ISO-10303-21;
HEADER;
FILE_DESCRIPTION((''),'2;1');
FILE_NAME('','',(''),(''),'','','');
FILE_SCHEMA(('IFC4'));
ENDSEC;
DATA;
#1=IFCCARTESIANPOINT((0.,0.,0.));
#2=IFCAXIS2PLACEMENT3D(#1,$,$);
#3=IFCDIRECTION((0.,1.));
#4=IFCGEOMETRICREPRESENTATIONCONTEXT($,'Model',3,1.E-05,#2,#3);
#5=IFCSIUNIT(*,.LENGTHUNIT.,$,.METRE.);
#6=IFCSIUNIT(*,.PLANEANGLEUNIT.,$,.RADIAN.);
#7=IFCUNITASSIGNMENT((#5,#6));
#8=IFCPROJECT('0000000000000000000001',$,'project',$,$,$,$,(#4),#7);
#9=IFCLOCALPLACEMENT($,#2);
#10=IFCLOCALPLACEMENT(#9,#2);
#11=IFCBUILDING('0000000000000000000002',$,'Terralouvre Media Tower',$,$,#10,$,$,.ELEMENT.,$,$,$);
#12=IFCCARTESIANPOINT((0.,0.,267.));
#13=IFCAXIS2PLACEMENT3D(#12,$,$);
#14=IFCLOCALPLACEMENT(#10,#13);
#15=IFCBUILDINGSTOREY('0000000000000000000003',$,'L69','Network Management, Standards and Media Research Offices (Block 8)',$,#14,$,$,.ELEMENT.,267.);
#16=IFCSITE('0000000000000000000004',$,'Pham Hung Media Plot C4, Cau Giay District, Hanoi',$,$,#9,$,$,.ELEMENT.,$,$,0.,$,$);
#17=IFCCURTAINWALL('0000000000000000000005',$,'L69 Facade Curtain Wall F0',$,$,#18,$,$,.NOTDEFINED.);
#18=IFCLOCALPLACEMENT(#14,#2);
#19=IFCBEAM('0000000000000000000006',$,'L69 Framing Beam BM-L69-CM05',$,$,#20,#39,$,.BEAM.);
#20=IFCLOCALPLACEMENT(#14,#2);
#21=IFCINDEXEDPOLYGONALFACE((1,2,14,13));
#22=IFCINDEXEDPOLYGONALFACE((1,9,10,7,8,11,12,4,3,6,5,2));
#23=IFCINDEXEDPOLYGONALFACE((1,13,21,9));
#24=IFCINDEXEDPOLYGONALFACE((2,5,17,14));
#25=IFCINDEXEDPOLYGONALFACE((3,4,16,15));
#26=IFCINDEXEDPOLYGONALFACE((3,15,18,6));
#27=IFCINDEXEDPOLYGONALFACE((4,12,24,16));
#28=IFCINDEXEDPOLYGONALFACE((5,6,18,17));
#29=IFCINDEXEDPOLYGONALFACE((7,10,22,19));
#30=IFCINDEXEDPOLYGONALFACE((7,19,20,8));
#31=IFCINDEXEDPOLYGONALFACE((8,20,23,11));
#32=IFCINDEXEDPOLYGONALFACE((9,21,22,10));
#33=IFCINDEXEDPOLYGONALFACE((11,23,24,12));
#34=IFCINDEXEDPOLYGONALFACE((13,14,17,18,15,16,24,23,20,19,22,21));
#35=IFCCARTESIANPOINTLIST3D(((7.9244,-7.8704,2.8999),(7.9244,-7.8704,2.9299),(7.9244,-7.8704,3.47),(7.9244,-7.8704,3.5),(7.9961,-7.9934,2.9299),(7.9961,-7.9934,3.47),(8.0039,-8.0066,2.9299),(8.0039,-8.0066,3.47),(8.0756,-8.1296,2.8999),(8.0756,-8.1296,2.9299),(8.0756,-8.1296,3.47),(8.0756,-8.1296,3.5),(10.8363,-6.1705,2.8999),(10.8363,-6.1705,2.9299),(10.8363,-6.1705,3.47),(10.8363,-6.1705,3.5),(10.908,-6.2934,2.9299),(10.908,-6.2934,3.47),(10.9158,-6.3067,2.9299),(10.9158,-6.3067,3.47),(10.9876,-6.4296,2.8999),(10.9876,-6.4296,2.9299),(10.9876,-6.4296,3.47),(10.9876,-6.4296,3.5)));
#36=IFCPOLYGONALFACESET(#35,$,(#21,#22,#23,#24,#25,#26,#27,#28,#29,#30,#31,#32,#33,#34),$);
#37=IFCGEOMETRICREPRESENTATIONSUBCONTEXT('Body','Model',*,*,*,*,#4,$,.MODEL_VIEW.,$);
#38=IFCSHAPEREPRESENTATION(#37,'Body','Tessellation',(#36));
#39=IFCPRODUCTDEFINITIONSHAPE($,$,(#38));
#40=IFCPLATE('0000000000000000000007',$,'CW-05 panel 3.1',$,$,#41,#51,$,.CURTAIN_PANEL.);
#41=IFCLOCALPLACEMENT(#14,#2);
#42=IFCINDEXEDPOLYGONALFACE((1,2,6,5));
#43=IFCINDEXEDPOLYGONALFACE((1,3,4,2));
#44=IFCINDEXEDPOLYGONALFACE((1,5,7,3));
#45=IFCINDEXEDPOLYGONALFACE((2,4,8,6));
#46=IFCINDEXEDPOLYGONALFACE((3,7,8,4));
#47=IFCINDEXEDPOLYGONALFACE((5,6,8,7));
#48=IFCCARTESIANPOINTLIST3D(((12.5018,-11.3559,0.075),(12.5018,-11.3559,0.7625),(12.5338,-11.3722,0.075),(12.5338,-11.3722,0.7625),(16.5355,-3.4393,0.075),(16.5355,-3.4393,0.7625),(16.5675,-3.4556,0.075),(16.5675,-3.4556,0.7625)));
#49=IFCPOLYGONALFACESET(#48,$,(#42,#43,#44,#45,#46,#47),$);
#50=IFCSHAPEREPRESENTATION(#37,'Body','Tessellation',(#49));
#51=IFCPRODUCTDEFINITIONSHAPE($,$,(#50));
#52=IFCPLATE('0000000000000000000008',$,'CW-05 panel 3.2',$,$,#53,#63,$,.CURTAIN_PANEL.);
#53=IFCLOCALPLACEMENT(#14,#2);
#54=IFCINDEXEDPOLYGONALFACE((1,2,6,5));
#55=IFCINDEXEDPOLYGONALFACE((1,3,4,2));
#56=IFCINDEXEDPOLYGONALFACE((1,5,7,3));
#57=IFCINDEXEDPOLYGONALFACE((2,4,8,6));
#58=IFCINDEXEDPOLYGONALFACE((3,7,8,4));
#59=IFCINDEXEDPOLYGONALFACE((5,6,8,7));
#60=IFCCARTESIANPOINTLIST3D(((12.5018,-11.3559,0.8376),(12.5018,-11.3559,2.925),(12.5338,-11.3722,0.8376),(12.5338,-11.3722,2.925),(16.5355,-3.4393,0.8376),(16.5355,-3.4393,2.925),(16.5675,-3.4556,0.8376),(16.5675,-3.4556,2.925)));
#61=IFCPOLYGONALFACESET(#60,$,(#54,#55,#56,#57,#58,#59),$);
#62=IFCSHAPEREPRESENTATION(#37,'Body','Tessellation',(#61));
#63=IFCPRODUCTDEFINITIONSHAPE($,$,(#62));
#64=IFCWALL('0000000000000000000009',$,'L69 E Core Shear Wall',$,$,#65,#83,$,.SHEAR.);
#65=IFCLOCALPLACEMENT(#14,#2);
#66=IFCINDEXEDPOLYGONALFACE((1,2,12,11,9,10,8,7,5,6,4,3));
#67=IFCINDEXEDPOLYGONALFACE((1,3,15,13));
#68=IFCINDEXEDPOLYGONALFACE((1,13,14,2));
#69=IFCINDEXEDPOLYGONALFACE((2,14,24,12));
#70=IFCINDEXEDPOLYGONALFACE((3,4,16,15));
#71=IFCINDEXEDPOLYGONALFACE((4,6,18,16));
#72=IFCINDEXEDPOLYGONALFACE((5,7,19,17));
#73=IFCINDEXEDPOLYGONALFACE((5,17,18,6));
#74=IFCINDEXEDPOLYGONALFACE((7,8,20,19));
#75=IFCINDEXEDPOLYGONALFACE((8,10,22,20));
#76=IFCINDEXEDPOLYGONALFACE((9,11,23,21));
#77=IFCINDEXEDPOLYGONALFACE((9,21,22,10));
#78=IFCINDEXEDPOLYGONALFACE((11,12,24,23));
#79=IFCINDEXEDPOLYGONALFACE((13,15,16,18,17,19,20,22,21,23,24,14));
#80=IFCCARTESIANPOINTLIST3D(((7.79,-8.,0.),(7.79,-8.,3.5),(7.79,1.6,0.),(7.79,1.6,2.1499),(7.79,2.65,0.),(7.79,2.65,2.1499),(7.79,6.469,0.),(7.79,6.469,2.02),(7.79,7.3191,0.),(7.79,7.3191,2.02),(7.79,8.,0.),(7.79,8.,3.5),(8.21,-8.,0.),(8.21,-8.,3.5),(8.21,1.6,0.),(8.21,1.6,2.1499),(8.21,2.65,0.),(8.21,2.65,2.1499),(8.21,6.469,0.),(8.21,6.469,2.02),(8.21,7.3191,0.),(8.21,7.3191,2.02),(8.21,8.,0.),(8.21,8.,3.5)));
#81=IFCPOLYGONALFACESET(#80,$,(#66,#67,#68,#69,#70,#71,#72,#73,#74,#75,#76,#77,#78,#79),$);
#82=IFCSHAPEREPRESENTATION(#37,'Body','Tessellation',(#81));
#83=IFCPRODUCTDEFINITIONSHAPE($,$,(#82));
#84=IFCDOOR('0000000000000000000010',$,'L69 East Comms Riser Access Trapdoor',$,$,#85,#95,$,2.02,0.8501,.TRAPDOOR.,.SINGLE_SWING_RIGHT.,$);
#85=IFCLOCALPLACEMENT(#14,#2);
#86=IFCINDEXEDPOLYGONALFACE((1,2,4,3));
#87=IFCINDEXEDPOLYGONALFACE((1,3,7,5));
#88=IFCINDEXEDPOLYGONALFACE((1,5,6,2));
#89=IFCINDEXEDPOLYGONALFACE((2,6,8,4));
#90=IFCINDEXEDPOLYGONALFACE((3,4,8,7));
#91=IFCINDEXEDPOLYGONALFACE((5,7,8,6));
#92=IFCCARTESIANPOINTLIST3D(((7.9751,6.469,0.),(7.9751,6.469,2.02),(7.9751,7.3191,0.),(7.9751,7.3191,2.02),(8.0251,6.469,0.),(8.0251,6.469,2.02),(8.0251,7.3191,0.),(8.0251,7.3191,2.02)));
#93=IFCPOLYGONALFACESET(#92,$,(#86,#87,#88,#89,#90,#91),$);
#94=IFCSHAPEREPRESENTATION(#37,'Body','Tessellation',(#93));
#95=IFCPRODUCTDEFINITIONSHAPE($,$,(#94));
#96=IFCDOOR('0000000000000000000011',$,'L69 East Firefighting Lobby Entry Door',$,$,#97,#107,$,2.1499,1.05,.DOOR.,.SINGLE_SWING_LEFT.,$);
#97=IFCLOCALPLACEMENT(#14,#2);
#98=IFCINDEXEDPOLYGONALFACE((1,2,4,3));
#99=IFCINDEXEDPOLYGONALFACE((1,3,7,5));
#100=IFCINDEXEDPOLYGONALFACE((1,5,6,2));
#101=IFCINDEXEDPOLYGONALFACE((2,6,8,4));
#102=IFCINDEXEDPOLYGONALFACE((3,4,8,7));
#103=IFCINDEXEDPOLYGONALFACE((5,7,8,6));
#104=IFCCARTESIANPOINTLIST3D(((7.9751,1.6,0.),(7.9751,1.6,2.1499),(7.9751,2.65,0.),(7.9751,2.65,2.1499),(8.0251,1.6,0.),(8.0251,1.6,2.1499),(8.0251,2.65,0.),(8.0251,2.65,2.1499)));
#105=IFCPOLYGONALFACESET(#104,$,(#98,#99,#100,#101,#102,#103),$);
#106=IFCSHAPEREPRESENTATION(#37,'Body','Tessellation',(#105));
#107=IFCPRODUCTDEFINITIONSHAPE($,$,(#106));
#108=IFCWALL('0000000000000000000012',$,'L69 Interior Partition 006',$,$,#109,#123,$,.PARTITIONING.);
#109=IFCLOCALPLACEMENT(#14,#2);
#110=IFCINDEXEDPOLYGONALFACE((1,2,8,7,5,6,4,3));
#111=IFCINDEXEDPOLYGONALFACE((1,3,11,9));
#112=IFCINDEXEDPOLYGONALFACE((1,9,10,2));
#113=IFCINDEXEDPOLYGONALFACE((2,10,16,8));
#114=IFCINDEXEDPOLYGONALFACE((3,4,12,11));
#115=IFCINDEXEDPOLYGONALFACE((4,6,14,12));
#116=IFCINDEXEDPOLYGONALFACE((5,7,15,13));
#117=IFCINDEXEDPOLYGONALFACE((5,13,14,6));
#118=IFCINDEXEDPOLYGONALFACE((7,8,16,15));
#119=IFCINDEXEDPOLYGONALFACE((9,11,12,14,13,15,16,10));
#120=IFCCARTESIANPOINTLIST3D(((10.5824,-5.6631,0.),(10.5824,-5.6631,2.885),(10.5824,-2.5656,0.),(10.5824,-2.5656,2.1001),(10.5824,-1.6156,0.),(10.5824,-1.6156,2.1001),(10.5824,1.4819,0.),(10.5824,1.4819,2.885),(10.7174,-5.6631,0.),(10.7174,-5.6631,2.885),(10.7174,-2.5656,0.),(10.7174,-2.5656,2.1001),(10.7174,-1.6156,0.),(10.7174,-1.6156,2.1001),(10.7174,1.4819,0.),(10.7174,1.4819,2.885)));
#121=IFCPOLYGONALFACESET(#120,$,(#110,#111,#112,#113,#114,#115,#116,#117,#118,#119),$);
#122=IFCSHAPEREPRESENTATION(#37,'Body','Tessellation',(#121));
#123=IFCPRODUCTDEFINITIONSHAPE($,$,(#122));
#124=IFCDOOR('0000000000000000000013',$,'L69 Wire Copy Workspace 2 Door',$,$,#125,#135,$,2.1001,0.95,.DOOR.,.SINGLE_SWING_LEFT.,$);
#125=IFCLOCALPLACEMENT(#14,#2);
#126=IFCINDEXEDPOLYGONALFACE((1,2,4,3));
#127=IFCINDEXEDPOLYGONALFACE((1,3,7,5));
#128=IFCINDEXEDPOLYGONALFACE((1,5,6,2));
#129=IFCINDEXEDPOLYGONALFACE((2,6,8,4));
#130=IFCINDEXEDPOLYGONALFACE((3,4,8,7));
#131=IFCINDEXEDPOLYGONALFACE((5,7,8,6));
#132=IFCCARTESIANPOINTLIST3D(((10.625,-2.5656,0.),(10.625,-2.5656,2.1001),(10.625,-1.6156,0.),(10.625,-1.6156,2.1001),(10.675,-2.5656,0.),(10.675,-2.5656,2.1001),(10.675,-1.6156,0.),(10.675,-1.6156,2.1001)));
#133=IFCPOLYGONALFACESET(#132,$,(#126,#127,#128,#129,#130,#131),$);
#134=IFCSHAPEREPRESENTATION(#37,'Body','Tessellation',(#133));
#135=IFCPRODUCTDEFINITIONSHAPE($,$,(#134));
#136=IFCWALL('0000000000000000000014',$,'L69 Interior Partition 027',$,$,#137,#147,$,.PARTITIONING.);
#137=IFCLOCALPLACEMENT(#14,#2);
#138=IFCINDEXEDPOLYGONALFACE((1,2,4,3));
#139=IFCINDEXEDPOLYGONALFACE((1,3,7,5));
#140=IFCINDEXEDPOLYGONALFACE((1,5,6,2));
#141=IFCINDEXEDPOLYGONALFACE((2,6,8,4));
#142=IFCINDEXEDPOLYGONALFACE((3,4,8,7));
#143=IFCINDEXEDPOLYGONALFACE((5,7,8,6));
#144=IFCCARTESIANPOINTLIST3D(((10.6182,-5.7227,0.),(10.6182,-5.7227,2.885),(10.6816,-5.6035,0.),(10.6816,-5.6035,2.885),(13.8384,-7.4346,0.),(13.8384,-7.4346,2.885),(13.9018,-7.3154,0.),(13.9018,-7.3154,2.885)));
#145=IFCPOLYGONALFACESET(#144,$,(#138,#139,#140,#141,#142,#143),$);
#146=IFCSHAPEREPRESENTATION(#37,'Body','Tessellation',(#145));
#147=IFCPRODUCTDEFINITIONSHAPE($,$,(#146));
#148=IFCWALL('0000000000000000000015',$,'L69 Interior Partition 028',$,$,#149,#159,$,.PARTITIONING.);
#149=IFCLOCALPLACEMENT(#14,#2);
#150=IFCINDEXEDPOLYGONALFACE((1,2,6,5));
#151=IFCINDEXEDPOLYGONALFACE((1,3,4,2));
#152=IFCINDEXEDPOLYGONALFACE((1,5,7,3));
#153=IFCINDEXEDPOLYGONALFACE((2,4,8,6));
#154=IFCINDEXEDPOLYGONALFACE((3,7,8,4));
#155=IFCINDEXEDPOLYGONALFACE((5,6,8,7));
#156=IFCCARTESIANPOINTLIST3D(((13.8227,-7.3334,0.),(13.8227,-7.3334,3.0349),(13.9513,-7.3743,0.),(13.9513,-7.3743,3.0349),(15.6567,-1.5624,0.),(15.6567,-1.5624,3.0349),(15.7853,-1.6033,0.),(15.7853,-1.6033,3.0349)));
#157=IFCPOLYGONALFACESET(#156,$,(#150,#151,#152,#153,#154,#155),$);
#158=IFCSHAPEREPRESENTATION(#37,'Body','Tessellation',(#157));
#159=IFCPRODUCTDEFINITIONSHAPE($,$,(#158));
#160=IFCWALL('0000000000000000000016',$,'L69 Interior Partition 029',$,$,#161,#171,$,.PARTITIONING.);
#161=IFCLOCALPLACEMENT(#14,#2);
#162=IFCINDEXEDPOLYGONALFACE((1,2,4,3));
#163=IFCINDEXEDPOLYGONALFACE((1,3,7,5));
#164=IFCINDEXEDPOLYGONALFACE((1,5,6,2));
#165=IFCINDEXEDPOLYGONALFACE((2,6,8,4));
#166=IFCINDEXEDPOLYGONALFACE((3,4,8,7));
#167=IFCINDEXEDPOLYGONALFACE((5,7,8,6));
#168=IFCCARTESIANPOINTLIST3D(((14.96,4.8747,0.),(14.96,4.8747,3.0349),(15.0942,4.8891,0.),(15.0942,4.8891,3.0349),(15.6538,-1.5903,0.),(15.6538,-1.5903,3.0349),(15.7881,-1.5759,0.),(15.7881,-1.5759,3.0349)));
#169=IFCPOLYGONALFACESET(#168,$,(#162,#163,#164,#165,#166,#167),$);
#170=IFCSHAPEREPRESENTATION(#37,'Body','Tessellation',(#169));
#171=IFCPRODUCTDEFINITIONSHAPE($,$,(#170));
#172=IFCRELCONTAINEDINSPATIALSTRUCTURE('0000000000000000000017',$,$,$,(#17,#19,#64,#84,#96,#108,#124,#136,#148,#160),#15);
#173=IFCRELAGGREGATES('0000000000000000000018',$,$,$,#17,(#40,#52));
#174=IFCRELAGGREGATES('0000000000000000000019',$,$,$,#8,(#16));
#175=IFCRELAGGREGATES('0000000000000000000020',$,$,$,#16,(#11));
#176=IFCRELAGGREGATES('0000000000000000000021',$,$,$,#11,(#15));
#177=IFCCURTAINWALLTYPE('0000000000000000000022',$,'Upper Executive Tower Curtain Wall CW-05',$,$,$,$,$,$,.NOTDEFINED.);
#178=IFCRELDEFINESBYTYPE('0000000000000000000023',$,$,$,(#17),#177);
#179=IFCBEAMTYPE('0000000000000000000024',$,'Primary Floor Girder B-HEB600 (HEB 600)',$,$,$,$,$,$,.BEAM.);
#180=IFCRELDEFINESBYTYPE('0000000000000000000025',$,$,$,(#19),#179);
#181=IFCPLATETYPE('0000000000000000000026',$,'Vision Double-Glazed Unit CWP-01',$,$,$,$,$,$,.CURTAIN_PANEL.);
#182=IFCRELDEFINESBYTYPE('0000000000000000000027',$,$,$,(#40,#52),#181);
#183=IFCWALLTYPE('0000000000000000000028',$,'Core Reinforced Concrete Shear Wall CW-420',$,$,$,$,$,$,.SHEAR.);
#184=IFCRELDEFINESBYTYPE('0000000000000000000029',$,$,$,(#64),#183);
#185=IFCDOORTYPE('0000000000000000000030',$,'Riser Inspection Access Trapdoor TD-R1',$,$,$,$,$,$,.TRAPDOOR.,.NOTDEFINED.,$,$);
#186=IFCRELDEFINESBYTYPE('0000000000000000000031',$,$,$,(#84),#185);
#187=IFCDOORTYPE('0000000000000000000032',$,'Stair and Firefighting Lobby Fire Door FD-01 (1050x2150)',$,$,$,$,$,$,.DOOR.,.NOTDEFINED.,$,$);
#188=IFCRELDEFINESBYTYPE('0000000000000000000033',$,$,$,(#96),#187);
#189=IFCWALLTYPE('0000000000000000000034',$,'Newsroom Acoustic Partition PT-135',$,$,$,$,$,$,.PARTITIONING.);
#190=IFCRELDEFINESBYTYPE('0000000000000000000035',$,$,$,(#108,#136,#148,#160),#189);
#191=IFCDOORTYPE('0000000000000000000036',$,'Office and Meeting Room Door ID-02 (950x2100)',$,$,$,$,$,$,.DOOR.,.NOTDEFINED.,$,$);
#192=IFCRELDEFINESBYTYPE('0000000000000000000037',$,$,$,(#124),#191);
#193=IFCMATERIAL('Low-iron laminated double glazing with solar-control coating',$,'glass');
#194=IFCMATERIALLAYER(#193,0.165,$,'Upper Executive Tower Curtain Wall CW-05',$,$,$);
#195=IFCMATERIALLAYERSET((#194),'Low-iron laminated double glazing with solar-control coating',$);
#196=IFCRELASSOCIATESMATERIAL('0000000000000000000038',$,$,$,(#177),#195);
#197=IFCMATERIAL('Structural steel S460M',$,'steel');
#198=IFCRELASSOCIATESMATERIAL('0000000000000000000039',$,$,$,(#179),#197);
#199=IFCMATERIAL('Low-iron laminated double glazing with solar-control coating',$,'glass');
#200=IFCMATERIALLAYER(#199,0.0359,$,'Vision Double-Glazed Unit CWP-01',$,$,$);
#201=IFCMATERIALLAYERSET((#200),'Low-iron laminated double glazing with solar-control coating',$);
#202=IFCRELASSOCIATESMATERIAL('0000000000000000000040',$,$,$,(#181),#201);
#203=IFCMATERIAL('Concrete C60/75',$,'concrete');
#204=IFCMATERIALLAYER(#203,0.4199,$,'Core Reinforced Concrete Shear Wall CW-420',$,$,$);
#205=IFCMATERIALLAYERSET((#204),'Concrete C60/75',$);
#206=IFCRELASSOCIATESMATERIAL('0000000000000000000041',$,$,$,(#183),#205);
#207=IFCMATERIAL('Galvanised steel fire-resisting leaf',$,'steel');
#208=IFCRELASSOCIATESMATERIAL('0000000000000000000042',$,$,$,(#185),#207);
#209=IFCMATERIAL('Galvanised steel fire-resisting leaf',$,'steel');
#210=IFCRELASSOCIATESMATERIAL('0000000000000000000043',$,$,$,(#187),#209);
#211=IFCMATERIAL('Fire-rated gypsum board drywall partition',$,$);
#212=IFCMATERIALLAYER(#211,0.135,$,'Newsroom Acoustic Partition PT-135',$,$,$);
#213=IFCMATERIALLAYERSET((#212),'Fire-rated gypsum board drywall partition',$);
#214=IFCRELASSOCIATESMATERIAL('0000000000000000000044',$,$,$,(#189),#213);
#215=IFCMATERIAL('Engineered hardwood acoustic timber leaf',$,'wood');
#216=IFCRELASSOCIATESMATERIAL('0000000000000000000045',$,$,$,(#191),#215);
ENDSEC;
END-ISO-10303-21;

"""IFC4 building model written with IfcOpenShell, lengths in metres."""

from ifc_helpers import new_model, si_unit, direction, frame, frame_2d, origin, origin_2d, place, context, subcontext, project, spatial, rectangle, i_section, extrude, material, layer, layer_set, material_profile, profile_set, type_object, element, fill, aggregate, save


model = new_model("IFC4")

# Units and contexts
model_context = context("Model", 3, precision=1e-05, world=origin(), true_north=direction((0.0, 1.0)))
body_context = subcontext(model_context, "Body", "Model", "MODEL_VIEW")
ifc_project = project(units=[si_unit("LENGTHUNIT", "METRE"), si_unit("PLANEANGLEUNIT", "RADIAN")], contexts=[model_context])

# Site, building, storey
site_placement = place(None, origin())
site = spatial("IfcSite", under=ifc_project, at=site_placement, Name="Pham Hung Media Plot C4, Cau Giay District, Hanoi", CompositionType="ELEMENT", RefElevation=0.0)
building_placement = place(site_placement, origin())
building = spatial("IfcBuilding", under=site, at=building_placement, Name="Terralouvre Media Tower", CompositionType="ELEMENT")
storey_placement = place(building_placement, frame((0.0, 0.0, 267.0)))
storey = spatial("IfcBuildingStorey", under=building, at=storey_placement, Name="L69", Description="Network Management, Standards and Media Research Offices (Block 8)", CompositionType="ELEMENT", Elevation=267.0)

# Curtain wall
ifc_material_1 = material(Name="Low-iron laminated double glazing with solar-control coating", Category="glass")
ifc_layer_1 = layer(ifc_material_1, 0.165, Name="Upper Executive Tower Curtain Wall CW-05")
ifc_layer_set_1 = layer_set([ifc_layer_1], Name="Low-iron laminated double glazing with solar-control coating")
curtain_wall_type = type_object("IfcCurtainWallType", Name="Upper Executive Tower Curtain Wall CW-05", PredefinedType="NOTDEFINED", material=ifc_layer_set_1)
curtain_wall_placement = place(storey_placement, origin())
curtain_wall = element("IfcCurtainWall", 1, at=curtain_wall_placement, inside=storey, type_object=curtain_wall_type, Name="L69 Facade Curtain Wall F0", PredefinedType="NOTDEFINED")

# Beam
ifc_material_2 = material(Name="Structural steel S460M", Category="steel")
ifc_material_profile_1 = material_profile(ifc_material_2, i_section(OverallWidth=0.3, OverallDepth=0.6001, WebThickness=0.0154, FlangeThickness=0.03, at=origin_2d()), Name="HEB 600")
ifc_profile_set_1 = profile_set([ifc_material_profile_1], Name="Structural steel S460M")
beam_type_1 = type_object("IfcBeamType", Name="Primary Floor Girder B-HEB600 (HEB 600)", PredefinedType="BEAM", material=ifc_profile_set_1)
for number, where, z_axis, x_axis, name in (
    (2, (8.0, -8.0, 3.2), (0.863603, 0.504173, 0.0), (-0.504173, 0.863603, 0.0), "L69 Framing Beam BM-L69-CM05"),
):
    element("IfcBeam", number, at=place(storey_placement, frame(where, z_axis=z_axis, x_axis=x_axis)), inside=storey, type_object=beam_type_1, Name=name, PredefinedType="BEAM", context=body_context, shape_type="SweptSolid", body=[
        extrude(i_section(OverallWidth=0.3, OverallDepth=0.6001, WebThickness=0.0154, FlangeThickness=0.03, at=origin_2d()), origin(), (0.0, 0.0, 1.0), 3.3718),
    ])

# Plates
ifc_material_3 = material(Name="Low-iron laminated double glazing with solar-control coating", Category="glass")
ifc_layer_2 = layer(ifc_material_3, 0.0359, Name="Vision Double-Glazed Unit CWP-01")
ifc_layer_set_2 = layer_set([ifc_layer_2], Name="Low-iron laminated double glazing with solar-control coating")
plate_type = type_object("IfcPlateType", Name="Vision Double-Glazed Unit CWP-01", PredefinedType="CURTAIN_PANEL", material=ifc_layer_set_2)
plate_1_placement = place(storey_placement, frame((14.5347, -7.4058, 0.075), z_axis=(0.0, 0.0, 1.0), x_axis=(0.45399, 0.891007, 0.0)))
plate_1 = element("IfcPlate", 3, at=plate_1_placement, type_object=plate_type, Name="CW-05 panel 3.1", PredefinedType="CURTAIN_PANEL", context=body_context, shape_type="SweptSolid", body=[
    extrude(rectangle(XDim=8.885, YDim=0.0359, at=origin_2d()), origin(), (0.0, 0.0, 1.0), 0.6875),
])
plate_2_placement = place(storey_placement, frame((14.5347, -7.4058, 0.8376), z_axis=(0.0, 0.0, 1.0), x_axis=(0.45399, 0.891007, 0.0)))
plate_2 = element("IfcPlate", 4, at=plate_2_placement, type_object=plate_type, Name="CW-05 panel 3.2", PredefinedType="CURTAIN_PANEL", context=body_context, shape_type="SweptSolid", body=[
    extrude(rectangle(XDim=8.885, YDim=0.0359, at=origin_2d()), origin(), (0.0, 0.0, 1.0), 2.0874),
])
aggregate(curtain_wall, [plate_1, plate_2])

# Wall, openings, doors
ifc_material_4 = material(Name="Concrete C60/75", Category="concrete")
ifc_layer_3 = layer(ifc_material_4, 0.4199, Name="Core Reinforced Concrete Shear Wall CW-420")
ifc_layer_set_3 = layer_set([ifc_layer_3], Name="Concrete C60/75")
wall_type_1 = type_object("IfcWallType", Name="Core Reinforced Concrete Shear Wall CW-420", PredefinedType="SHEAR", material=ifc_layer_set_3)
wall_1_placement = place(storey_placement, frame((8.0, -8.0, 0.0), z_axis=(0.0, 0.0, 1.0), x_axis=(0.0, 1.0, 0.0)))
wall_1 = element("IfcWall", 5, at=wall_1_placement, inside=storey, type_object=wall_type_1, Name="L69 E Core Shear Wall", PredefinedType="SHEAR", context=body_context, shape_type="SweptSolid", body=[
    extrude(rectangle(XDim=16.0, YDim=0.4199, at=frame_2d((8.0, 0.0))), origin(), (0.0, 0.0, 1.0), 3.5),
])
opening_1_placement = place(wall_1_placement, frame((9.6001, 0.0, 0.0)))
opening_1 = element("IfcOpeningElement", 6, at=opening_1_placement, cuts=wall_1, PredefinedType="OPENING", context=body_context, shape_type="SweptSolid", body=[
    extrude(rectangle(XDim=1.05, YDim=2.1499, at=frame_2d((0.5249, 1.075))), frame((0.0, 0.22, 0.0), z_axis=(0.0, -1.0, 0.0), x_axis=(1.0, 0.0, 0.0)), (0.0, 0.0, 1.0), 0.4399),
])
opening_2_placement = place(wall_1_placement, frame((14.469, 0.0, 0.0)))
opening_2 = element("IfcOpeningElement", 7, at=opening_2_placement, cuts=wall_1, PredefinedType="OPENING", context=body_context, shape_type="SweptSolid", body=[
    extrude(rectangle(XDim=0.8501, YDim=2.02, at=frame_2d((0.425, 1.01))), frame((0.0, 0.22, 0.0), z_axis=(0.0, -1.0, 0.0), x_axis=(1.0, 0.0, 0.0)), (0.0, 0.0, 1.0), 0.4399),
])
ifc_material_5 = material(Name="Galvanised steel fire-resisting leaf", Category="steel")
door_type_1 = type_object("IfcDoorType", Name="Riser Inspection Access Trapdoor TD-R1", OperationType="NOTDEFINED", PredefinedType="TRAPDOOR", material=ifc_material_5)
door_1_placement = place(opening_2_placement, origin())
door_1 = element("IfcDoor", 8, at=door_1_placement, inside=storey, type_object=door_type_1, Name="L69 East Comms Riser Access Trapdoor", OperationType="SINGLE_SWING_RIGHT", OverallHeight=2.02, OverallWidth=0.8501, PredefinedType="TRAPDOOR", context=body_context, shape_type="SweptSolid", body=[
    extrude(rectangle(XDim=0.8501, YDim=2.02, at=frame_2d((0.425, 1.01))), frame((0.0, 0.0249, 0.0), z_axis=(0.0, -1.0, 0.0), x_axis=(1.0, 0.0, 0.0)), (0.0, 0.0, 1.0), 0.05),
])
fill(opening_2, door_1)
ifc_material_6 = material(Name="Galvanised steel fire-resisting leaf", Category="steel")
door_type_2 = type_object("IfcDoorType", Name="Stair and Firefighting Lobby Fire Door FD-01 (1050x2150)", OperationType="NOTDEFINED", PredefinedType="DOOR", material=ifc_material_6)
door_2_placement = place(opening_1_placement, origin())
door_2 = element("IfcDoor", 9, at=door_2_placement, inside=storey, type_object=door_type_2, Name="L69 East Firefighting Lobby Entry Door", OperationType="SINGLE_SWING_LEFT", OverallHeight=2.1499, OverallWidth=1.05, PredefinedType="DOOR", context=body_context, shape_type="SweptSolid", body=[
    extrude(rectangle(XDim=1.05, YDim=2.1499, at=frame_2d((0.5249, 1.075))), frame((0.0, 0.0249, 0.0), z_axis=(0.0, -1.0, 0.0), x_axis=(1.0, 0.0, 0.0)), (0.0, 0.0, 1.0), 0.05),
])
fill(opening_1, door_2)

# Wall, opening, door
ifc_material_7 = material(Name="Fire-rated gypsum board drywall partition")
ifc_layer_4 = layer(ifc_material_7, 0.135, Name="Newsroom Acoustic Partition PT-135")
ifc_layer_set_4 = layer_set([ifc_layer_4], Name="Fire-rated gypsum board drywall partition")
wall_type_2 = type_object("IfcWallType", Name="Newsroom Acoustic Partition PT-135", PredefinedType="PARTITIONING", material=ifc_layer_set_4)
wall_2_placement = place(storey_placement, frame((10.6499, -5.6631, 0.0), z_axis=(0.0, 0.0, 1.0), x_axis=(0.0, 1.0, 0.0)))
wall_2 = element("IfcWall", 10, at=wall_2_placement, inside=storey, type_object=wall_type_2, Name="L69 Interior Partition 006", PredefinedType="PARTITIONING", context=body_context, shape_type="SweptSolid", body=[
    extrude(rectangle(XDim=7.145, YDim=0.135, at=frame_2d((3.5725, 0.0))), origin(), (0.0, 0.0, 1.0), 2.885),
])
opening_3_placement = place(wall_2_placement, frame((3.0974, 0.0, 0.0)))
opening_3 = element("IfcOpeningElement", 11, at=opening_3_placement, cuts=wall_2, PredefinedType="OPENING", context=body_context, shape_type="SweptSolid", body=[
    extrude(rectangle(XDim=0.95, YDim=2.1001, at=frame_2d((0.4751, 1.05))), frame((0.0, 0.0774, 0.0), z_axis=(0.0, -1.0, 0.0), x_axis=(1.0, 0.0, 0.0)), (0.0, 0.0, 1.0), 0.155),
])
ifc_material_8 = material(Name="Engineered hardwood acoustic timber leaf", Category="wood")
door_type_3 = type_object("IfcDoorType", Name="Office and Meeting Room Door ID-02 (950x2100)", OperationType="NOTDEFINED", PredefinedType="DOOR", material=ifc_material_8)
door_3_placement = place(opening_3_placement, origin())
door_3 = element("IfcDoor", 12, at=door_3_placement, inside=storey, type_object=door_type_3, Name="L69 Wire Copy Workspace 2 Door", OperationType="SINGLE_SWING_LEFT", OverallHeight=2.1001, OverallWidth=0.95, PredefinedType="DOOR", context=body_context, shape_type="SweptSolid", body=[
    extrude(rectangle(XDim=0.95, YDim=2.1001, at=frame_2d((0.4751, 1.05))), frame((0.0, 0.0249, 0.0), z_axis=(0.0, -1.0, 0.0), x_axis=(1.0, 0.0, 0.0)), (0.0, 0.0, 1.0), 0.05),
])
fill(opening_3, door_3)

# Walls
wall_3_placement = place(storey_placement, frame((10.6499, -5.6631, 0.0), z_axis=(0.0, 0.0, 1.0), x_axis=(0.882982, -0.469406, 0.0)))
element("IfcWall", 13, at=wall_3_placement, inside=storey, type_object=wall_type_2, Name="L69 Interior Partition 027", PredefinedType="PARTITIONING", context=body_context, shape_type="SweptSolid", body=[
    extrude(rectangle(XDim=3.647, YDim=0.135, at=frame_2d((1.8235, 0.0))), origin(), (0.0, 0.0, 1.0), 2.885),
])
wall_4_placement = place(storey_placement, frame((13.887, -7.354, 0.0), z_axis=(0.0, 0.0, 1.0), x_axis=(0.302867, 0.953033, 0.0)))
element("IfcWall", 14, at=wall_4_placement, inside=storey, type_object=wall_type_2, Name="L69 Interior Partition 028", PredefinedType="PARTITIONING", context=body_context, shape_type="SweptSolid", body=[
    extrude(rectangle(XDim=6.0554, YDim=0.135, at=frame_2d((3.0278, 0.0))), origin(), (0.0, 0.0, 1.0), 3.0349),
])
wall_5_placement = place(storey_placement, frame((15.7209, -1.583, 0.0), z_axis=(0.0, 0.0, 1.0), x_axis=(-0.106709, 0.99429, 0.0)))
element("IfcWall", 15, at=wall_5_placement, inside=storey, type_object=wall_type_2, Name="L69 Interior Partition 029", PredefinedType="PARTITIONING", context=body_context, shape_type="SweptSolid", body=[
    extrude(rectangle(XDim=6.5022, YDim=0.135, at=frame_2d((3.251, 0.0))), origin(), (0.0, 0.0, 1.0), 3.0349),
])

save(model, "model.ifc")
